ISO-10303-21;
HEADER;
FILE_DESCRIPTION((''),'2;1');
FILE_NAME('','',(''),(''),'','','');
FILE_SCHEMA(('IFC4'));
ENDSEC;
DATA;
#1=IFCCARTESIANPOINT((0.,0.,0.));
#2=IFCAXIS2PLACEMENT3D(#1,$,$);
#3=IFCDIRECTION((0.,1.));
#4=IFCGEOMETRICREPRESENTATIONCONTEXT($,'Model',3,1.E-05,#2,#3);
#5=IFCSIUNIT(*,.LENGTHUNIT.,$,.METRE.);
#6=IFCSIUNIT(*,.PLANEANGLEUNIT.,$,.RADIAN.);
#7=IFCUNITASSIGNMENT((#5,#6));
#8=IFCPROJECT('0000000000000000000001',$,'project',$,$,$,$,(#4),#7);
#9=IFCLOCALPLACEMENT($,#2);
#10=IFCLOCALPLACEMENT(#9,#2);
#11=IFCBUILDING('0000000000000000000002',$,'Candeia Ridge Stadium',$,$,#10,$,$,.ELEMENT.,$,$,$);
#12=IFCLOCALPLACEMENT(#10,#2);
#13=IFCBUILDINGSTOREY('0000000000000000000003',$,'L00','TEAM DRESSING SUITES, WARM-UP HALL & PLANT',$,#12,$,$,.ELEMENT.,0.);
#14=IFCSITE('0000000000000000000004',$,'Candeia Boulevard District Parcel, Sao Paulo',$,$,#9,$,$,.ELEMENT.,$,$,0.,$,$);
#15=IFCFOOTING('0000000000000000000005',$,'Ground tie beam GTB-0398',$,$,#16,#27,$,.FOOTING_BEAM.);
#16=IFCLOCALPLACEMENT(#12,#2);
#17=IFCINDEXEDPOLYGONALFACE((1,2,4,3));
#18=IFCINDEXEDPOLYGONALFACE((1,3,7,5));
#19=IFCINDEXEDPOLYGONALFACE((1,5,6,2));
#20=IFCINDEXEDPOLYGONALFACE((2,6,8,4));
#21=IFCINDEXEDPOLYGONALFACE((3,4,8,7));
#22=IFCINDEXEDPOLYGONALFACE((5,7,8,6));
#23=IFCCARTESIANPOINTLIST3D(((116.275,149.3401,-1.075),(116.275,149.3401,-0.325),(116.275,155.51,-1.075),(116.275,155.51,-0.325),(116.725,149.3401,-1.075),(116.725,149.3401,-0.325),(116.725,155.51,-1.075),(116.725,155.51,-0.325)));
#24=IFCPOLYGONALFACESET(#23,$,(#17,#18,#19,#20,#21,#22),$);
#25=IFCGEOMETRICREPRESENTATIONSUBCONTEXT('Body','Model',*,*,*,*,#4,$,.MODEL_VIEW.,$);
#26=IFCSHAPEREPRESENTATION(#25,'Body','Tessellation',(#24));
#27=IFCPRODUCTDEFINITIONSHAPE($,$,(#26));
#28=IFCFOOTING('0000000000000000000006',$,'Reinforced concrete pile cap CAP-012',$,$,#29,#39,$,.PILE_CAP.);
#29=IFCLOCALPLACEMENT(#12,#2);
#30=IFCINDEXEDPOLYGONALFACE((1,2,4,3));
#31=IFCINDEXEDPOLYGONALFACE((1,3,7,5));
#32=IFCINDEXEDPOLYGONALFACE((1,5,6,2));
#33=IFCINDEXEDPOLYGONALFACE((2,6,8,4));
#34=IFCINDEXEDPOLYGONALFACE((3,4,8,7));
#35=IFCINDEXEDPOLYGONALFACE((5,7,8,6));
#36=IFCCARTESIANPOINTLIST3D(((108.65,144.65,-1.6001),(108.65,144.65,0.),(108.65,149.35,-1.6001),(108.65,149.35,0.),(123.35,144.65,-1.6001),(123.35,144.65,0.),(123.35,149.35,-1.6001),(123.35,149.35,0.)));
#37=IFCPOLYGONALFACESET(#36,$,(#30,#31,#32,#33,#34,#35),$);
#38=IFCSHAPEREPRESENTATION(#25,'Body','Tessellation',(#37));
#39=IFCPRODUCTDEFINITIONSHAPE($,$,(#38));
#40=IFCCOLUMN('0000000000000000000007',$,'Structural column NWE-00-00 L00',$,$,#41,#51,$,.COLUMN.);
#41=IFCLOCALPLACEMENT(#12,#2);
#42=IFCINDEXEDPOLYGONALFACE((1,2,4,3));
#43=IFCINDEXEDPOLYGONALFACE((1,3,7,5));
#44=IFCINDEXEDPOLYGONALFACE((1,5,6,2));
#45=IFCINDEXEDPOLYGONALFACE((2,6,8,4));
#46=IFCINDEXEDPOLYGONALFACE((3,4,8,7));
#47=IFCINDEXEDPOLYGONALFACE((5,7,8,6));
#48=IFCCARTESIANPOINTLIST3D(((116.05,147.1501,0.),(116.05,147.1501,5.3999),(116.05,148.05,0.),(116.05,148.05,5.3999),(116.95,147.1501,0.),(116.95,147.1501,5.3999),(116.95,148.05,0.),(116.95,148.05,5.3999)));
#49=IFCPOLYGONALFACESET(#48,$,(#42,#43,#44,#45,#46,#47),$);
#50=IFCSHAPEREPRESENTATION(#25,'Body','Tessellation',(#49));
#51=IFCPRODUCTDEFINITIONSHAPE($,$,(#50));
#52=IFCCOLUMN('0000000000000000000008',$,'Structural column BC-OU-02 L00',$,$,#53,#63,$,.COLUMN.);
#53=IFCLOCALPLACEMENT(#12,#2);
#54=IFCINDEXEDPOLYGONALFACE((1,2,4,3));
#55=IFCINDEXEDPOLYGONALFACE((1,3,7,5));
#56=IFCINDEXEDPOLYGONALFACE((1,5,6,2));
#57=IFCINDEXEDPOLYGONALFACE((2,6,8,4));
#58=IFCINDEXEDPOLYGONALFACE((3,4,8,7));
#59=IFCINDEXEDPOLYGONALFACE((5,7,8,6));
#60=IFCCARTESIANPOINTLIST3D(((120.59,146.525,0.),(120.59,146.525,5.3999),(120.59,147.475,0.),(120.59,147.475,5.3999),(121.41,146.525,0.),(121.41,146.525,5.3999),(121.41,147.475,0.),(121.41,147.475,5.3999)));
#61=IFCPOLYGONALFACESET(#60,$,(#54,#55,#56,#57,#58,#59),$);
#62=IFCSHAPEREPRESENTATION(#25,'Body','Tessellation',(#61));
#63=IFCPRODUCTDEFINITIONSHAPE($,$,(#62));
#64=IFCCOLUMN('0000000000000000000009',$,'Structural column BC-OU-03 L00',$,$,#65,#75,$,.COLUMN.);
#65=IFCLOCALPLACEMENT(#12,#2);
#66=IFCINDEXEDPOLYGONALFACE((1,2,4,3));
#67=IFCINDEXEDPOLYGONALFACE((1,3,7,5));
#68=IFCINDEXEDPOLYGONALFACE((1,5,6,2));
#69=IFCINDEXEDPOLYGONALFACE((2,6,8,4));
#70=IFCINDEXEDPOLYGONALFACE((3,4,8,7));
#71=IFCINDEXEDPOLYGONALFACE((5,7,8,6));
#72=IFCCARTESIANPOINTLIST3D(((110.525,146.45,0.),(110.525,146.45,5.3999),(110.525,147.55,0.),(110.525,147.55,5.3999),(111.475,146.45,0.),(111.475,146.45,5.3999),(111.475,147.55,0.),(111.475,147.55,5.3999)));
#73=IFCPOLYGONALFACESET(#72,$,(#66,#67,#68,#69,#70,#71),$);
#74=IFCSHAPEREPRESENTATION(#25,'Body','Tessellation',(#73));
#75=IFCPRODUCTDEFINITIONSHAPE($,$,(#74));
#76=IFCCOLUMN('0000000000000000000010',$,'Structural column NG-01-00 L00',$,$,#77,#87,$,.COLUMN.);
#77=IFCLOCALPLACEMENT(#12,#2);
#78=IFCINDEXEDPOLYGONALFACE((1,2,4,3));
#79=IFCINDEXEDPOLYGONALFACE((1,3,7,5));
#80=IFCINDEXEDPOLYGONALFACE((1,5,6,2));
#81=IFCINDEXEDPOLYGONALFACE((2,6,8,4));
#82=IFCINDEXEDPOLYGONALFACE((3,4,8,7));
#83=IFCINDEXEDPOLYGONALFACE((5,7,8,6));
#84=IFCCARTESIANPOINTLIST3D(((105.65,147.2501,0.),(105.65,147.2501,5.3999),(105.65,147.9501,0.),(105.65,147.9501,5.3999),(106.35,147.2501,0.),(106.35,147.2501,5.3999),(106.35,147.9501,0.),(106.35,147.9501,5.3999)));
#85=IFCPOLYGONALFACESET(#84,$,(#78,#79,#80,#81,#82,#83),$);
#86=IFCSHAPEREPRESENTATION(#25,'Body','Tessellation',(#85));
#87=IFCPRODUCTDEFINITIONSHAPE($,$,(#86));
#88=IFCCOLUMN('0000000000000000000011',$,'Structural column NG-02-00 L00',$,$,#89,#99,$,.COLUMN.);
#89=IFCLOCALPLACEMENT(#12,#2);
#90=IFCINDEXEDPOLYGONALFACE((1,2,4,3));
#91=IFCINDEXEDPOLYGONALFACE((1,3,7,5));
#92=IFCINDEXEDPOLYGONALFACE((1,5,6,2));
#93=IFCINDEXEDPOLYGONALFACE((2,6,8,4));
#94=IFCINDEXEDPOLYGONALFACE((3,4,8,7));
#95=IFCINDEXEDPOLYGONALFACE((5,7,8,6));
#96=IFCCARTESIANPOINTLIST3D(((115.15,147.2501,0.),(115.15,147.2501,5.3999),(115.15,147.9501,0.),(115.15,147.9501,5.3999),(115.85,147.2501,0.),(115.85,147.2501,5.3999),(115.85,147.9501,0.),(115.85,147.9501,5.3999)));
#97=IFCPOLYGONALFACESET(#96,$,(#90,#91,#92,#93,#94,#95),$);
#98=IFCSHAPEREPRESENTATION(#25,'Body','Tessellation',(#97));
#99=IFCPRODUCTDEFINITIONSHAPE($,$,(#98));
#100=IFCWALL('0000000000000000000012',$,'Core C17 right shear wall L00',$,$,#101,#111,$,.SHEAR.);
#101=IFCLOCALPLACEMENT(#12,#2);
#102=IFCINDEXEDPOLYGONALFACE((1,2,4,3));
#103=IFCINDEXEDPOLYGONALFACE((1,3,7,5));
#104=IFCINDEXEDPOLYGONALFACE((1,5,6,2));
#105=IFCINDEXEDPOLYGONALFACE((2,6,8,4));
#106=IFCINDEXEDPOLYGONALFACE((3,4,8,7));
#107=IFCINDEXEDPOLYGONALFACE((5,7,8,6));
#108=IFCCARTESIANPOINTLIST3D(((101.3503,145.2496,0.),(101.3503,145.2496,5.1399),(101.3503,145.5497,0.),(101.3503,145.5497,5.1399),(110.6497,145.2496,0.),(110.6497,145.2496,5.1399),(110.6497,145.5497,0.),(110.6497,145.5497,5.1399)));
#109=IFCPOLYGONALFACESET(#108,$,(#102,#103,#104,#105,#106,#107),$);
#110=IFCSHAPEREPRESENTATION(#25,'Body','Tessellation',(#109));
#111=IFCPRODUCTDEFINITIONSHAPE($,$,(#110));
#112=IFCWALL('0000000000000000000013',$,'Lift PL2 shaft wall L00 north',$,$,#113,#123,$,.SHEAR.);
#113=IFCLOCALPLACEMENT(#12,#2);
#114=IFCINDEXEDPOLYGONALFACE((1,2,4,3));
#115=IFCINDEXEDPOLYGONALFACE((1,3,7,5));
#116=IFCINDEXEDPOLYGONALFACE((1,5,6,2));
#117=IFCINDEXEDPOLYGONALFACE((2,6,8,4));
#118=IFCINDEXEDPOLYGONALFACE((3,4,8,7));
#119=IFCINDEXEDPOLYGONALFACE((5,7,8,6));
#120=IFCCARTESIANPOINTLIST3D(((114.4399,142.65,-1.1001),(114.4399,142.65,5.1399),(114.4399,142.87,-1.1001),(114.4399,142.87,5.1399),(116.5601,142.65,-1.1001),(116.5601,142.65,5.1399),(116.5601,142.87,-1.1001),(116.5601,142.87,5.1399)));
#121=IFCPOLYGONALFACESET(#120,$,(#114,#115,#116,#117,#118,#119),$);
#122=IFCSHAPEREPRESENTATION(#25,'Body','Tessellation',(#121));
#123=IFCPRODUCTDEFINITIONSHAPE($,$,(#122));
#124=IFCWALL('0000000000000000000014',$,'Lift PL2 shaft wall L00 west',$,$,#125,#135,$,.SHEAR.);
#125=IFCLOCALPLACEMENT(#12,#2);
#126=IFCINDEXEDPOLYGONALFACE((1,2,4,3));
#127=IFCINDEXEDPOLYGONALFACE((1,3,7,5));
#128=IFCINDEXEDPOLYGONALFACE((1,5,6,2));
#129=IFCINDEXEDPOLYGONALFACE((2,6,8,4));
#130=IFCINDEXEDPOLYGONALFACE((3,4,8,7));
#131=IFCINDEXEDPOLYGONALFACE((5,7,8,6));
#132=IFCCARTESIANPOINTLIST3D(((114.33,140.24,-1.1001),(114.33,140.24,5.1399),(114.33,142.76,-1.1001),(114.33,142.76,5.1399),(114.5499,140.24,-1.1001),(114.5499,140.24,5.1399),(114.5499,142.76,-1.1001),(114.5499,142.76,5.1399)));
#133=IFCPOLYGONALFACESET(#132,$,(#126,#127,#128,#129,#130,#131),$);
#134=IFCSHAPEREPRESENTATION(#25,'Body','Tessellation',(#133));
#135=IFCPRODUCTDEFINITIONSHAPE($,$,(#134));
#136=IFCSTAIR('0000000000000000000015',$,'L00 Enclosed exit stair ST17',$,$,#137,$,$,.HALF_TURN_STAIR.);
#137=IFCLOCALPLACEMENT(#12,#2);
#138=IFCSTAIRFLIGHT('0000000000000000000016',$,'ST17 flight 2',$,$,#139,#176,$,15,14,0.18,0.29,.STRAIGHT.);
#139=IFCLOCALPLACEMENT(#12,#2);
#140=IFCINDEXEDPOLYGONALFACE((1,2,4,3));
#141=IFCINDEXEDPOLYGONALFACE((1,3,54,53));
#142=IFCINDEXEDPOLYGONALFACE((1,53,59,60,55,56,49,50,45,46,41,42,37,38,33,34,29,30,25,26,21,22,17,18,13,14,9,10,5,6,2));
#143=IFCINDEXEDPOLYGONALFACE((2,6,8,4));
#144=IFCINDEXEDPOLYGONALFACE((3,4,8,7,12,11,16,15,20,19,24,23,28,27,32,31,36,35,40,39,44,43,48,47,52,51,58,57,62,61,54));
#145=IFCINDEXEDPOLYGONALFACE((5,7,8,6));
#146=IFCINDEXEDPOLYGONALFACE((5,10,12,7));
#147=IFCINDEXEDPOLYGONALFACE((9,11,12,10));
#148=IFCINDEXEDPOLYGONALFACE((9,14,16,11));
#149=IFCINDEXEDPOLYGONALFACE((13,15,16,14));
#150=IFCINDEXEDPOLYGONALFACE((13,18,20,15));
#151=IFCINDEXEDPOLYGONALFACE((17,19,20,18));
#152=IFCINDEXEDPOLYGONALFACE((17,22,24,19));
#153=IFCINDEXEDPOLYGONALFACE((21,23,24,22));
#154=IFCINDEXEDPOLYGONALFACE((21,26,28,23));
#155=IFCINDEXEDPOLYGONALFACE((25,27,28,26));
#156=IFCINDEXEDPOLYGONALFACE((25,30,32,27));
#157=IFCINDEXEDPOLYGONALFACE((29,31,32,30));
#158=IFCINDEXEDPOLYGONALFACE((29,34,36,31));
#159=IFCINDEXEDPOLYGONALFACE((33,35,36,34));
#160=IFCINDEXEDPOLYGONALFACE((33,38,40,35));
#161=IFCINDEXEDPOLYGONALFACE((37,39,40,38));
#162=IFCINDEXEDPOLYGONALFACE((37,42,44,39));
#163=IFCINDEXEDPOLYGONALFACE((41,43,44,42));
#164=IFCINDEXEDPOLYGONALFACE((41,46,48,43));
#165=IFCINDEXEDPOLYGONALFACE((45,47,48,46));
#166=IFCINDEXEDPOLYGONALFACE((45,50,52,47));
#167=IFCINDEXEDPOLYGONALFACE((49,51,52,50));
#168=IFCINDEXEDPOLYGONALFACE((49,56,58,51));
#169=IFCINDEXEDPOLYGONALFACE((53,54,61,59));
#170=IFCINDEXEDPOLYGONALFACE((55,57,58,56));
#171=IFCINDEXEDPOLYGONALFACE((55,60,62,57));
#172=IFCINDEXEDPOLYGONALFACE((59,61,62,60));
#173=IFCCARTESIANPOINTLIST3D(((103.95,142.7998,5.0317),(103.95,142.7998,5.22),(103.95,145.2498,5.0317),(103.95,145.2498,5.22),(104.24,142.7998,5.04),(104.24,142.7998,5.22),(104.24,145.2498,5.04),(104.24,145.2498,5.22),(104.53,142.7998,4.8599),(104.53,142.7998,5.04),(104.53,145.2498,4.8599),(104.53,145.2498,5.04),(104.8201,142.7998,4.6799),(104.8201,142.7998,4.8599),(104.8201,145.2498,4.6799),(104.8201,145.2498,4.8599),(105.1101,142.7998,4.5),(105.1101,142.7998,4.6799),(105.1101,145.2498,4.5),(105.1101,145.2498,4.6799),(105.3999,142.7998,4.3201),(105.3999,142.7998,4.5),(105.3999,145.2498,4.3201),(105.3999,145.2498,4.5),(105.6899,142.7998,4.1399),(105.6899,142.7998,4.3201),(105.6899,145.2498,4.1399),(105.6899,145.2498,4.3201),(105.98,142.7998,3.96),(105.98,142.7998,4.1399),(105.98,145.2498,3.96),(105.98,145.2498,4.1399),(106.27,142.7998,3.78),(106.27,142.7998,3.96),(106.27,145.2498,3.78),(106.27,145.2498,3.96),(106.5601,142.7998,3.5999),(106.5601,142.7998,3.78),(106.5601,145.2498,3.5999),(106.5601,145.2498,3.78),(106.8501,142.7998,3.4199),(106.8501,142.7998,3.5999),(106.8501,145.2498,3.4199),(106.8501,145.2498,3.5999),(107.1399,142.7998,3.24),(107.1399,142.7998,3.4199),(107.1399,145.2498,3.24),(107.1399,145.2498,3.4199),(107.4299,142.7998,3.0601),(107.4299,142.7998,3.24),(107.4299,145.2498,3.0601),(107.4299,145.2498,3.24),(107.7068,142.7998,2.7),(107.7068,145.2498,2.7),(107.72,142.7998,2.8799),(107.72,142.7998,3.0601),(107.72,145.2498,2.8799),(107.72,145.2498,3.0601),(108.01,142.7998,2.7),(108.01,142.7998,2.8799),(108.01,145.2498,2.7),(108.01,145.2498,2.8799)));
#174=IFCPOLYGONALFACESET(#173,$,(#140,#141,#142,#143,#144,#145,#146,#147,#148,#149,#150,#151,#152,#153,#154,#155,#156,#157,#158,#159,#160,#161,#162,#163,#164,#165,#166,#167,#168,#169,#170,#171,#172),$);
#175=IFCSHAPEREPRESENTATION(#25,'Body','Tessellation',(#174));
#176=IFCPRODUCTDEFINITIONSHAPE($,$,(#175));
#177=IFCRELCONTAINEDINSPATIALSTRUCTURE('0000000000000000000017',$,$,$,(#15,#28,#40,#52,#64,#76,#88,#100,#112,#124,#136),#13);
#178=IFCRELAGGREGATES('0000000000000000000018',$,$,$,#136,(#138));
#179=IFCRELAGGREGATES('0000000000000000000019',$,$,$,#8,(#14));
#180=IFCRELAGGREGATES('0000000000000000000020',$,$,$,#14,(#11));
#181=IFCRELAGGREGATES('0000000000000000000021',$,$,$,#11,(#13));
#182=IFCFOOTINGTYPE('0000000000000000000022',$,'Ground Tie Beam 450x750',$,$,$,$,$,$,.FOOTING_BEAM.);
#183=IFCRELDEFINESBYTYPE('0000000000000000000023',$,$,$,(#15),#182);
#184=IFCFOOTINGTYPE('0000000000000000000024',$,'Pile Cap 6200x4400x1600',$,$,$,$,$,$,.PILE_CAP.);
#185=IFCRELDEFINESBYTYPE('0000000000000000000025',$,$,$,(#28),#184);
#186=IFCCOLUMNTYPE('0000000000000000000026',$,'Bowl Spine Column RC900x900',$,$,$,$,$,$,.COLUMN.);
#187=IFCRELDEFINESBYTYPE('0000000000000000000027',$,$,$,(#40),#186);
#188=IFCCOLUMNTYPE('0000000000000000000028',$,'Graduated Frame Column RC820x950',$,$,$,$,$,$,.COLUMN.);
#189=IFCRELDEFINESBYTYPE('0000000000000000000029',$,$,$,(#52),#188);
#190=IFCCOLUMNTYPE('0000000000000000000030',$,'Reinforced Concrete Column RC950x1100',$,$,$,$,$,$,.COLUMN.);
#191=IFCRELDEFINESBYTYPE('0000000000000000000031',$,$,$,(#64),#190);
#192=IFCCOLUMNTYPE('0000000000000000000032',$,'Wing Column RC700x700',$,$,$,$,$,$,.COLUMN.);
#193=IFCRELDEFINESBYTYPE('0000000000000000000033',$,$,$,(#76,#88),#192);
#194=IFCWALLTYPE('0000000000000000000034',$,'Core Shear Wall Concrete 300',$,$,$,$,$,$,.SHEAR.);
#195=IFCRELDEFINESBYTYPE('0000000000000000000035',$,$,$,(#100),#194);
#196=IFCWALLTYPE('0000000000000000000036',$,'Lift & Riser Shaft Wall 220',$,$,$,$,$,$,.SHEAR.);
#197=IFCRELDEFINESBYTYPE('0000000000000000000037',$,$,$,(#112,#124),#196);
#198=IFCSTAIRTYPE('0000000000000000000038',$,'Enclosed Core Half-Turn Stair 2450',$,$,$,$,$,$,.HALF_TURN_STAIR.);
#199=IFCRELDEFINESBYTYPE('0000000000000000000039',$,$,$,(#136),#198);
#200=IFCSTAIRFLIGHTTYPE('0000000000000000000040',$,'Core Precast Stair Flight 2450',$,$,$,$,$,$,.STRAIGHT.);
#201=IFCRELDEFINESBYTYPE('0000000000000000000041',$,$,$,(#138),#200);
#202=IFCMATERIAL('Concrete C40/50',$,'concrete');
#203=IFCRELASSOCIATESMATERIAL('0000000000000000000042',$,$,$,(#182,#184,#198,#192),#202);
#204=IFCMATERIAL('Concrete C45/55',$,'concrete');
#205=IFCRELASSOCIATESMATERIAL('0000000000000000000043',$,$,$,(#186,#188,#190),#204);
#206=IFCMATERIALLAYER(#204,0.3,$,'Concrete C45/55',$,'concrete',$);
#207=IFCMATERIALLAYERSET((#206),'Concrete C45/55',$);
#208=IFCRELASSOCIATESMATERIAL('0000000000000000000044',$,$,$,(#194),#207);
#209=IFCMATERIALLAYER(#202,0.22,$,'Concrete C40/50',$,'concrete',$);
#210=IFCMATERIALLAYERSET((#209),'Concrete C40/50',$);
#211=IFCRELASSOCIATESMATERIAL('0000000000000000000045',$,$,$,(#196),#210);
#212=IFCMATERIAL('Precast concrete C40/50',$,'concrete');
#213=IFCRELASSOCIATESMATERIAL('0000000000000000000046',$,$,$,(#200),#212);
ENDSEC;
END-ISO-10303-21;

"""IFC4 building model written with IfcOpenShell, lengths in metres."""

from ifc_helpers import new_model, si_unit, direction, frame, frame_2d, origin, origin_2d, place, context, subcontext, project, spatial, polyline, rectangle, outline, extrude, material, layer, layer_set, material_profile, profile_set, type_object, element, aggregate, save


model = new_model("IFC4")

# Units and contexts
model_context = context("Model", 3, precision=1e-05, world=origin(), true_north=direction((0.0, 1.0)))
body_context = subcontext(model_context, "Body", "Model", "MODEL_VIEW")
ifc_project = project(units=[si_unit("LENGTHUNIT", "METRE"), si_unit("PLANEANGLEUNIT", "RADIAN")], contexts=[model_context])

# Site, building, storey
site_placement = place(None, origin())
site = spatial("IfcSite", under=ifc_project, at=site_placement, Name="Candeia Boulevard District Parcel, Sao Paulo", CompositionType="ELEMENT", RefElevation=0.0)
building_placement = place(site_placement, origin())
building = spatial("IfcBuilding", under=site, at=building_placement, Name="Candeia Ridge Stadium", CompositionType="ELEMENT")
storey_placement = place(building_placement, origin())
storey = spatial("IfcBuildingStorey", under=building, at=storey_placement, Name="L00", Description="TEAM DRESSING SUITES, WARM-UP HALL & PLANT", CompositionType="ELEMENT", Elevation=0.0)

# Shared definitions
ifc_material_1 = material(Name="Concrete C40/50", Category="concrete")

# Footings
footing_type_1 = type_object("IfcFootingType", Name="Ground Tie Beam 450x750", PredefinedType="FOOTING_BEAM", material=ifc_material_1)
footing_1_placement = place(storey_placement, frame((116.5, 152.425, -1.075), z_axis=(0.0, 0.0, 1.0), x_axis=(0.0, 1.0, 0.0)))
element("IfcFooting", 1, at=footing_1_placement, inside=storey, type_object=footing_type_1, Name="Ground tie beam GTB-0398", PredefinedType="FOOTING_BEAM", context=body_context, shape_type="SweptSolid", body=[
    extrude(rectangle(XDim=6.1699, YDim=0.45, at=origin_2d()), origin(), (0.0, 0.0, 1.0), 0.75),
])
footing_type_2 = type_object("IfcFootingType", Name="Pile Cap 6200x4400x1600", PredefinedType="PILE_CAP", material=ifc_material_1)
footing_2_placement = place(storey_placement, frame((116.0, 147.0, -1.6001), z_axis=(0.0, 0.0, 1.0), x_axis=(1.0, 0.0, 0.0)))
element("IfcFooting", 2, at=footing_2_placement, inside=storey, type_object=footing_type_2, Name="Reinforced concrete pile cap CAP-012", PredefinedType="PILE_CAP", context=body_context, shape_type="SweptSolid", body=[
    extrude(rectangle(XDim=14.7, YDim=4.7, at=origin_2d()), origin(), (0.0, 0.0, 1.0), 1.6001),
])

# Columns
ifc_material_2 = material(Name="Concrete C45/55", Category="concrete")
ifc_material_profile_1 = material_profile(ifc_material_2, rectangle(XDim=0.8999, YDim=0.8999, at=origin_2d()), Name="RC900x900", Category="concrete")
ifc_profile_set_1 = profile_set([ifc_material_profile_1], Name="Concrete C45/55")
column_type_1 = type_object("IfcColumnType", Name="Bowl Spine Column RC900x900", PredefinedType="COLUMN", material=ifc_profile_set_1)
column_1_placement = place(storey_placement, frame((116.5, 147.6001, 0.0), z_axis=(0.0, 0.0, 1.0), x_axis=(1.0, 0.0, 0.0)))
element("IfcColumn", 3, at=column_1_placement, inside=storey, type_object=column_type_1, Name="Structural column NWE-00-00 L00", PredefinedType="COLUMN", context=body_context, shape_type="SweptSolid", body=[
    extrude(rectangle(XDim=0.8999, YDim=0.8999, at=origin_2d()), origin(), (0.0, 0.0, 1.0), 5.3999),
])
ifc_material_profile_2 = material_profile(ifc_material_2, rectangle(XDim=0.8201, YDim=0.95, at=origin_2d()), Name="RC820x950", Category="concrete")
ifc_profile_set_2 = profile_set([ifc_material_profile_2], Name="Concrete C45/55")
column_type_2 = type_object("IfcColumnType", Name="Graduated Frame Column RC820x950", PredefinedType="COLUMN", material=ifc_profile_set_2)
column_2_placement = place(storey_placement, frame((121.0, 147.0, 0.0), z_axis=(0.0, 0.0, 1.0), x_axis=(1.0, 0.0, 0.0)))
element("IfcColumn", 4, at=column_2_placement, inside=storey, type_object=column_type_2, Name="Structural column BC-OU-02 L00", PredefinedType="COLUMN", context=body_context, shape_type="SweptSolid", body=[
    extrude(rectangle(XDim=0.8201, YDim=0.95, at=origin_2d()), origin(), (0.0, 0.0, 1.0), 5.3999),
])
ifc_material_profile_3 = material_profile(ifc_material_2, rectangle(XDim=0.95, YDim=1.1001, at=origin_2d()), Name="RC950x1100", Category="concrete")
ifc_profile_set_3 = profile_set([ifc_material_profile_3], Name="Concrete C45/55")
column_type_3 = type_object("IfcColumnType", Name="Reinforced Concrete Column RC950x1100", PredefinedType="COLUMN", material=ifc_profile_set_3)
column_3_placement = place(storey_placement, frame((111.0, 147.0, 0.0), z_axis=(0.0, 0.0, 1.0), x_axis=(1.0, 0.0, 0.0)))
element("IfcColumn", 5, at=column_3_placement, inside=storey, type_object=column_type_3, Name="Structural column BC-OU-03 L00", PredefinedType="COLUMN", context=body_context, shape_type="SweptSolid", body=[
    extrude(rectangle(XDim=0.95, YDim=1.1001, at=origin_2d()), origin(), (0.0, 0.0, 1.0), 5.3999),
])
ifc_material_profile_4 = material_profile(ifc_material_1, rectangle(XDim=0.7, YDim=0.7, at=origin_2d()), Name="RC700x700", Category="concrete")
ifc_profile_set_4 = profile_set([ifc_material_profile_4], Name="Concrete C40/50")
column_type_4 = type_object("IfcColumnType", Name="Wing Column RC700x700", PredefinedType="COLUMN", material=ifc_profile_set_4)
for number, where, z_axis, x_axis, name in (
    (6, (106.0, 147.6001, 0.0), (0.0, 0.0, 1.0), (1.0, 0.0, 0.0), "Structural column NG-01-00 L00"),
    (7, (115.5, 147.6001, 0.0), (0.0, 0.0, 1.0), (1.0, 0.0, 0.0), "Structural column NG-02-00 L00"),
):
    element("IfcColumn", number, at=place(storey_placement, frame(where, z_axis=z_axis, x_axis=x_axis)), inside=storey, type_object=column_type_4, Name=name, PredefinedType="COLUMN", context=body_context, shape_type="SweptSolid", body=[
        extrude(rectangle(XDim=0.7, YDim=0.7, at=origin_2d()), origin(), (0.0, 0.0, 1.0), 5.3999),
    ])

# Walls
ifc_layer_1 = layer(ifc_material_2, 0.3, Name="Concrete C45/55", Category="concrete")
ifc_layer_set_1 = layer_set([ifc_layer_1], Name="Concrete C45/55")
wall_type_1 = type_object("IfcWallType", Name="Core Shear Wall Concrete 300", PredefinedType="SHEAR", material=ifc_layer_set_1)
wall_1_placement = place(storey_placement, frame((110.6497, 145.3997, 0.0), z_axis=(0.0, 0.0, 1.0), x_axis=(-1.0, 0.0, 0.0)))
element("IfcWall", 8, at=wall_1_placement, inside=storey, type_object=wall_type_1, Name="Core C17 right shear wall L00", PredefinedType="SHEAR", context=body_context, shape_type="SweptSolid", body=[
    extrude(rectangle(XDim=9.2993, YDim=0.3, at=frame_2d((4.6497, 0.0))), origin(), (0.0, 0.0, 1.0), 5.1399),
])
ifc_layer_2 = layer(ifc_material_1, 0.22, Name="Concrete C40/50", Category="concrete")
ifc_layer_set_2 = layer_set([ifc_layer_2], Name="Concrete C40/50")
wall_type_2 = type_object("IfcWallType", Name="Lift & Riser Shaft Wall 220", PredefinedType="SHEAR", material=ifc_layer_set_2)
wall_2_placement = place(storey_placement, frame((116.5601, 142.76, -1.1001), z_axis=(0.0, 0.0, 1.0), x_axis=(-1.0, 0.0, 0.0)))
element("IfcWall", 9, at=wall_2_placement, inside=storey, type_object=wall_type_2, Name="Lift PL2 shaft wall L00 north", PredefinedType="SHEAR", context=body_context, shape_type="SweptSolid", body=[
    extrude(rectangle(XDim=2.1201, YDim=0.22, at=frame_2d((1.0601, 0.0))), origin(), (0.0, 0.0, 1.0), 6.24),
])
wall_3_placement = place(storey_placement, frame((114.4399, 142.76, -1.1001), z_axis=(0.0, 0.0, 1.0), x_axis=(0.0, -1.0, 0.0)))
element("IfcWall", 10, at=wall_3_placement, inside=storey, type_object=wall_type_2, Name="Lift PL2 shaft wall L00 west", PredefinedType="SHEAR", context=body_context, shape_type="SweptSolid", body=[
    extrude(rectangle(XDim=2.52, YDim=0.22, at=frame_2d((1.26, 0.0))), origin(), (0.0, 0.0, 1.0), 6.24),
])

# Stair, stair flight
stair_type = type_object("IfcStairType", Name="Enclosed Core Half-Turn Stair 2450", PredefinedType="HALF_TURN_STAIR", material=ifc_material_1)
stair_placement = place(storey_placement, origin())
stair = element("IfcStair", 11, at=stair_placement, inside=storey, type_object=stair_type, Name="L00 Enclosed exit stair ST17", PredefinedType="HALF_TURN_STAIR")
ifc_material_3 = material(Name="Precast concrete C40/50", Category="concrete")
stair_flight_type = type_object("IfcStairFlightType", Name="Core Precast Stair Flight 2450", PredefinedType="STRAIGHT", material=ifc_material_3)
stair_flight_placement = place(storey_placement, frame((108.01, 144.0249, 2.7), z_axis=(0.0, 0.0, 1.0), x_axis=(-1.0, 0.0, 0.0)))
stair_flight = element("IfcStairFlight", 12, at=stair_flight_placement, type_object=stair_flight_type, Name="ST17 flight 2", NumberOfRisers=15, NumberOfTreads=14, PredefinedType="STRAIGHT", RiserHeight=0.18, TreadLength=0.29, context=body_context, shape_type="SweptSolid", body=[
    extrude(outline(polyline([(0.0, 0.0), (0.0, 0.1799), (0.29, 0.1799), (0.29, 0.3601), (0.5801, 0.3601), (0.5801, 0.54), (0.8701, 0.54), (0.8701, 0.72), (1.1599, 0.72), (1.1599, 0.8999), (1.45, 0.8999), (1.45, 1.0801), (1.74, 1.0801), (1.74, 1.26), (2.03, 1.26), (2.03, 1.4399), (2.3201, 1.4399), (2.3201, 1.6201), (2.6101, 1.6201), (2.6101, 1.8), (2.8999, 1.8), (2.8999, 1.98), (3.1899, 1.98), (3.1899, 2.1599), (3.48, 2.1599), (3.48, 2.3401), (3.77, 2.3401), (3.77, 2.52), (4.0601, 2.52), (4.0601, 2.7), (4.0601, 2.3318), (0.3032, 0.0), (0.0, 0.0)])), frame((0.0, 1.2251, 0.0), z_axis=(0.0, -1.0, 0.0), x_axis=(1.0, 0.0, 0.0)), (0.0, 0.0, 1.0), 2.45),
])
aggregate(stair, [stair_flight])

save(model, "model.ifc")
